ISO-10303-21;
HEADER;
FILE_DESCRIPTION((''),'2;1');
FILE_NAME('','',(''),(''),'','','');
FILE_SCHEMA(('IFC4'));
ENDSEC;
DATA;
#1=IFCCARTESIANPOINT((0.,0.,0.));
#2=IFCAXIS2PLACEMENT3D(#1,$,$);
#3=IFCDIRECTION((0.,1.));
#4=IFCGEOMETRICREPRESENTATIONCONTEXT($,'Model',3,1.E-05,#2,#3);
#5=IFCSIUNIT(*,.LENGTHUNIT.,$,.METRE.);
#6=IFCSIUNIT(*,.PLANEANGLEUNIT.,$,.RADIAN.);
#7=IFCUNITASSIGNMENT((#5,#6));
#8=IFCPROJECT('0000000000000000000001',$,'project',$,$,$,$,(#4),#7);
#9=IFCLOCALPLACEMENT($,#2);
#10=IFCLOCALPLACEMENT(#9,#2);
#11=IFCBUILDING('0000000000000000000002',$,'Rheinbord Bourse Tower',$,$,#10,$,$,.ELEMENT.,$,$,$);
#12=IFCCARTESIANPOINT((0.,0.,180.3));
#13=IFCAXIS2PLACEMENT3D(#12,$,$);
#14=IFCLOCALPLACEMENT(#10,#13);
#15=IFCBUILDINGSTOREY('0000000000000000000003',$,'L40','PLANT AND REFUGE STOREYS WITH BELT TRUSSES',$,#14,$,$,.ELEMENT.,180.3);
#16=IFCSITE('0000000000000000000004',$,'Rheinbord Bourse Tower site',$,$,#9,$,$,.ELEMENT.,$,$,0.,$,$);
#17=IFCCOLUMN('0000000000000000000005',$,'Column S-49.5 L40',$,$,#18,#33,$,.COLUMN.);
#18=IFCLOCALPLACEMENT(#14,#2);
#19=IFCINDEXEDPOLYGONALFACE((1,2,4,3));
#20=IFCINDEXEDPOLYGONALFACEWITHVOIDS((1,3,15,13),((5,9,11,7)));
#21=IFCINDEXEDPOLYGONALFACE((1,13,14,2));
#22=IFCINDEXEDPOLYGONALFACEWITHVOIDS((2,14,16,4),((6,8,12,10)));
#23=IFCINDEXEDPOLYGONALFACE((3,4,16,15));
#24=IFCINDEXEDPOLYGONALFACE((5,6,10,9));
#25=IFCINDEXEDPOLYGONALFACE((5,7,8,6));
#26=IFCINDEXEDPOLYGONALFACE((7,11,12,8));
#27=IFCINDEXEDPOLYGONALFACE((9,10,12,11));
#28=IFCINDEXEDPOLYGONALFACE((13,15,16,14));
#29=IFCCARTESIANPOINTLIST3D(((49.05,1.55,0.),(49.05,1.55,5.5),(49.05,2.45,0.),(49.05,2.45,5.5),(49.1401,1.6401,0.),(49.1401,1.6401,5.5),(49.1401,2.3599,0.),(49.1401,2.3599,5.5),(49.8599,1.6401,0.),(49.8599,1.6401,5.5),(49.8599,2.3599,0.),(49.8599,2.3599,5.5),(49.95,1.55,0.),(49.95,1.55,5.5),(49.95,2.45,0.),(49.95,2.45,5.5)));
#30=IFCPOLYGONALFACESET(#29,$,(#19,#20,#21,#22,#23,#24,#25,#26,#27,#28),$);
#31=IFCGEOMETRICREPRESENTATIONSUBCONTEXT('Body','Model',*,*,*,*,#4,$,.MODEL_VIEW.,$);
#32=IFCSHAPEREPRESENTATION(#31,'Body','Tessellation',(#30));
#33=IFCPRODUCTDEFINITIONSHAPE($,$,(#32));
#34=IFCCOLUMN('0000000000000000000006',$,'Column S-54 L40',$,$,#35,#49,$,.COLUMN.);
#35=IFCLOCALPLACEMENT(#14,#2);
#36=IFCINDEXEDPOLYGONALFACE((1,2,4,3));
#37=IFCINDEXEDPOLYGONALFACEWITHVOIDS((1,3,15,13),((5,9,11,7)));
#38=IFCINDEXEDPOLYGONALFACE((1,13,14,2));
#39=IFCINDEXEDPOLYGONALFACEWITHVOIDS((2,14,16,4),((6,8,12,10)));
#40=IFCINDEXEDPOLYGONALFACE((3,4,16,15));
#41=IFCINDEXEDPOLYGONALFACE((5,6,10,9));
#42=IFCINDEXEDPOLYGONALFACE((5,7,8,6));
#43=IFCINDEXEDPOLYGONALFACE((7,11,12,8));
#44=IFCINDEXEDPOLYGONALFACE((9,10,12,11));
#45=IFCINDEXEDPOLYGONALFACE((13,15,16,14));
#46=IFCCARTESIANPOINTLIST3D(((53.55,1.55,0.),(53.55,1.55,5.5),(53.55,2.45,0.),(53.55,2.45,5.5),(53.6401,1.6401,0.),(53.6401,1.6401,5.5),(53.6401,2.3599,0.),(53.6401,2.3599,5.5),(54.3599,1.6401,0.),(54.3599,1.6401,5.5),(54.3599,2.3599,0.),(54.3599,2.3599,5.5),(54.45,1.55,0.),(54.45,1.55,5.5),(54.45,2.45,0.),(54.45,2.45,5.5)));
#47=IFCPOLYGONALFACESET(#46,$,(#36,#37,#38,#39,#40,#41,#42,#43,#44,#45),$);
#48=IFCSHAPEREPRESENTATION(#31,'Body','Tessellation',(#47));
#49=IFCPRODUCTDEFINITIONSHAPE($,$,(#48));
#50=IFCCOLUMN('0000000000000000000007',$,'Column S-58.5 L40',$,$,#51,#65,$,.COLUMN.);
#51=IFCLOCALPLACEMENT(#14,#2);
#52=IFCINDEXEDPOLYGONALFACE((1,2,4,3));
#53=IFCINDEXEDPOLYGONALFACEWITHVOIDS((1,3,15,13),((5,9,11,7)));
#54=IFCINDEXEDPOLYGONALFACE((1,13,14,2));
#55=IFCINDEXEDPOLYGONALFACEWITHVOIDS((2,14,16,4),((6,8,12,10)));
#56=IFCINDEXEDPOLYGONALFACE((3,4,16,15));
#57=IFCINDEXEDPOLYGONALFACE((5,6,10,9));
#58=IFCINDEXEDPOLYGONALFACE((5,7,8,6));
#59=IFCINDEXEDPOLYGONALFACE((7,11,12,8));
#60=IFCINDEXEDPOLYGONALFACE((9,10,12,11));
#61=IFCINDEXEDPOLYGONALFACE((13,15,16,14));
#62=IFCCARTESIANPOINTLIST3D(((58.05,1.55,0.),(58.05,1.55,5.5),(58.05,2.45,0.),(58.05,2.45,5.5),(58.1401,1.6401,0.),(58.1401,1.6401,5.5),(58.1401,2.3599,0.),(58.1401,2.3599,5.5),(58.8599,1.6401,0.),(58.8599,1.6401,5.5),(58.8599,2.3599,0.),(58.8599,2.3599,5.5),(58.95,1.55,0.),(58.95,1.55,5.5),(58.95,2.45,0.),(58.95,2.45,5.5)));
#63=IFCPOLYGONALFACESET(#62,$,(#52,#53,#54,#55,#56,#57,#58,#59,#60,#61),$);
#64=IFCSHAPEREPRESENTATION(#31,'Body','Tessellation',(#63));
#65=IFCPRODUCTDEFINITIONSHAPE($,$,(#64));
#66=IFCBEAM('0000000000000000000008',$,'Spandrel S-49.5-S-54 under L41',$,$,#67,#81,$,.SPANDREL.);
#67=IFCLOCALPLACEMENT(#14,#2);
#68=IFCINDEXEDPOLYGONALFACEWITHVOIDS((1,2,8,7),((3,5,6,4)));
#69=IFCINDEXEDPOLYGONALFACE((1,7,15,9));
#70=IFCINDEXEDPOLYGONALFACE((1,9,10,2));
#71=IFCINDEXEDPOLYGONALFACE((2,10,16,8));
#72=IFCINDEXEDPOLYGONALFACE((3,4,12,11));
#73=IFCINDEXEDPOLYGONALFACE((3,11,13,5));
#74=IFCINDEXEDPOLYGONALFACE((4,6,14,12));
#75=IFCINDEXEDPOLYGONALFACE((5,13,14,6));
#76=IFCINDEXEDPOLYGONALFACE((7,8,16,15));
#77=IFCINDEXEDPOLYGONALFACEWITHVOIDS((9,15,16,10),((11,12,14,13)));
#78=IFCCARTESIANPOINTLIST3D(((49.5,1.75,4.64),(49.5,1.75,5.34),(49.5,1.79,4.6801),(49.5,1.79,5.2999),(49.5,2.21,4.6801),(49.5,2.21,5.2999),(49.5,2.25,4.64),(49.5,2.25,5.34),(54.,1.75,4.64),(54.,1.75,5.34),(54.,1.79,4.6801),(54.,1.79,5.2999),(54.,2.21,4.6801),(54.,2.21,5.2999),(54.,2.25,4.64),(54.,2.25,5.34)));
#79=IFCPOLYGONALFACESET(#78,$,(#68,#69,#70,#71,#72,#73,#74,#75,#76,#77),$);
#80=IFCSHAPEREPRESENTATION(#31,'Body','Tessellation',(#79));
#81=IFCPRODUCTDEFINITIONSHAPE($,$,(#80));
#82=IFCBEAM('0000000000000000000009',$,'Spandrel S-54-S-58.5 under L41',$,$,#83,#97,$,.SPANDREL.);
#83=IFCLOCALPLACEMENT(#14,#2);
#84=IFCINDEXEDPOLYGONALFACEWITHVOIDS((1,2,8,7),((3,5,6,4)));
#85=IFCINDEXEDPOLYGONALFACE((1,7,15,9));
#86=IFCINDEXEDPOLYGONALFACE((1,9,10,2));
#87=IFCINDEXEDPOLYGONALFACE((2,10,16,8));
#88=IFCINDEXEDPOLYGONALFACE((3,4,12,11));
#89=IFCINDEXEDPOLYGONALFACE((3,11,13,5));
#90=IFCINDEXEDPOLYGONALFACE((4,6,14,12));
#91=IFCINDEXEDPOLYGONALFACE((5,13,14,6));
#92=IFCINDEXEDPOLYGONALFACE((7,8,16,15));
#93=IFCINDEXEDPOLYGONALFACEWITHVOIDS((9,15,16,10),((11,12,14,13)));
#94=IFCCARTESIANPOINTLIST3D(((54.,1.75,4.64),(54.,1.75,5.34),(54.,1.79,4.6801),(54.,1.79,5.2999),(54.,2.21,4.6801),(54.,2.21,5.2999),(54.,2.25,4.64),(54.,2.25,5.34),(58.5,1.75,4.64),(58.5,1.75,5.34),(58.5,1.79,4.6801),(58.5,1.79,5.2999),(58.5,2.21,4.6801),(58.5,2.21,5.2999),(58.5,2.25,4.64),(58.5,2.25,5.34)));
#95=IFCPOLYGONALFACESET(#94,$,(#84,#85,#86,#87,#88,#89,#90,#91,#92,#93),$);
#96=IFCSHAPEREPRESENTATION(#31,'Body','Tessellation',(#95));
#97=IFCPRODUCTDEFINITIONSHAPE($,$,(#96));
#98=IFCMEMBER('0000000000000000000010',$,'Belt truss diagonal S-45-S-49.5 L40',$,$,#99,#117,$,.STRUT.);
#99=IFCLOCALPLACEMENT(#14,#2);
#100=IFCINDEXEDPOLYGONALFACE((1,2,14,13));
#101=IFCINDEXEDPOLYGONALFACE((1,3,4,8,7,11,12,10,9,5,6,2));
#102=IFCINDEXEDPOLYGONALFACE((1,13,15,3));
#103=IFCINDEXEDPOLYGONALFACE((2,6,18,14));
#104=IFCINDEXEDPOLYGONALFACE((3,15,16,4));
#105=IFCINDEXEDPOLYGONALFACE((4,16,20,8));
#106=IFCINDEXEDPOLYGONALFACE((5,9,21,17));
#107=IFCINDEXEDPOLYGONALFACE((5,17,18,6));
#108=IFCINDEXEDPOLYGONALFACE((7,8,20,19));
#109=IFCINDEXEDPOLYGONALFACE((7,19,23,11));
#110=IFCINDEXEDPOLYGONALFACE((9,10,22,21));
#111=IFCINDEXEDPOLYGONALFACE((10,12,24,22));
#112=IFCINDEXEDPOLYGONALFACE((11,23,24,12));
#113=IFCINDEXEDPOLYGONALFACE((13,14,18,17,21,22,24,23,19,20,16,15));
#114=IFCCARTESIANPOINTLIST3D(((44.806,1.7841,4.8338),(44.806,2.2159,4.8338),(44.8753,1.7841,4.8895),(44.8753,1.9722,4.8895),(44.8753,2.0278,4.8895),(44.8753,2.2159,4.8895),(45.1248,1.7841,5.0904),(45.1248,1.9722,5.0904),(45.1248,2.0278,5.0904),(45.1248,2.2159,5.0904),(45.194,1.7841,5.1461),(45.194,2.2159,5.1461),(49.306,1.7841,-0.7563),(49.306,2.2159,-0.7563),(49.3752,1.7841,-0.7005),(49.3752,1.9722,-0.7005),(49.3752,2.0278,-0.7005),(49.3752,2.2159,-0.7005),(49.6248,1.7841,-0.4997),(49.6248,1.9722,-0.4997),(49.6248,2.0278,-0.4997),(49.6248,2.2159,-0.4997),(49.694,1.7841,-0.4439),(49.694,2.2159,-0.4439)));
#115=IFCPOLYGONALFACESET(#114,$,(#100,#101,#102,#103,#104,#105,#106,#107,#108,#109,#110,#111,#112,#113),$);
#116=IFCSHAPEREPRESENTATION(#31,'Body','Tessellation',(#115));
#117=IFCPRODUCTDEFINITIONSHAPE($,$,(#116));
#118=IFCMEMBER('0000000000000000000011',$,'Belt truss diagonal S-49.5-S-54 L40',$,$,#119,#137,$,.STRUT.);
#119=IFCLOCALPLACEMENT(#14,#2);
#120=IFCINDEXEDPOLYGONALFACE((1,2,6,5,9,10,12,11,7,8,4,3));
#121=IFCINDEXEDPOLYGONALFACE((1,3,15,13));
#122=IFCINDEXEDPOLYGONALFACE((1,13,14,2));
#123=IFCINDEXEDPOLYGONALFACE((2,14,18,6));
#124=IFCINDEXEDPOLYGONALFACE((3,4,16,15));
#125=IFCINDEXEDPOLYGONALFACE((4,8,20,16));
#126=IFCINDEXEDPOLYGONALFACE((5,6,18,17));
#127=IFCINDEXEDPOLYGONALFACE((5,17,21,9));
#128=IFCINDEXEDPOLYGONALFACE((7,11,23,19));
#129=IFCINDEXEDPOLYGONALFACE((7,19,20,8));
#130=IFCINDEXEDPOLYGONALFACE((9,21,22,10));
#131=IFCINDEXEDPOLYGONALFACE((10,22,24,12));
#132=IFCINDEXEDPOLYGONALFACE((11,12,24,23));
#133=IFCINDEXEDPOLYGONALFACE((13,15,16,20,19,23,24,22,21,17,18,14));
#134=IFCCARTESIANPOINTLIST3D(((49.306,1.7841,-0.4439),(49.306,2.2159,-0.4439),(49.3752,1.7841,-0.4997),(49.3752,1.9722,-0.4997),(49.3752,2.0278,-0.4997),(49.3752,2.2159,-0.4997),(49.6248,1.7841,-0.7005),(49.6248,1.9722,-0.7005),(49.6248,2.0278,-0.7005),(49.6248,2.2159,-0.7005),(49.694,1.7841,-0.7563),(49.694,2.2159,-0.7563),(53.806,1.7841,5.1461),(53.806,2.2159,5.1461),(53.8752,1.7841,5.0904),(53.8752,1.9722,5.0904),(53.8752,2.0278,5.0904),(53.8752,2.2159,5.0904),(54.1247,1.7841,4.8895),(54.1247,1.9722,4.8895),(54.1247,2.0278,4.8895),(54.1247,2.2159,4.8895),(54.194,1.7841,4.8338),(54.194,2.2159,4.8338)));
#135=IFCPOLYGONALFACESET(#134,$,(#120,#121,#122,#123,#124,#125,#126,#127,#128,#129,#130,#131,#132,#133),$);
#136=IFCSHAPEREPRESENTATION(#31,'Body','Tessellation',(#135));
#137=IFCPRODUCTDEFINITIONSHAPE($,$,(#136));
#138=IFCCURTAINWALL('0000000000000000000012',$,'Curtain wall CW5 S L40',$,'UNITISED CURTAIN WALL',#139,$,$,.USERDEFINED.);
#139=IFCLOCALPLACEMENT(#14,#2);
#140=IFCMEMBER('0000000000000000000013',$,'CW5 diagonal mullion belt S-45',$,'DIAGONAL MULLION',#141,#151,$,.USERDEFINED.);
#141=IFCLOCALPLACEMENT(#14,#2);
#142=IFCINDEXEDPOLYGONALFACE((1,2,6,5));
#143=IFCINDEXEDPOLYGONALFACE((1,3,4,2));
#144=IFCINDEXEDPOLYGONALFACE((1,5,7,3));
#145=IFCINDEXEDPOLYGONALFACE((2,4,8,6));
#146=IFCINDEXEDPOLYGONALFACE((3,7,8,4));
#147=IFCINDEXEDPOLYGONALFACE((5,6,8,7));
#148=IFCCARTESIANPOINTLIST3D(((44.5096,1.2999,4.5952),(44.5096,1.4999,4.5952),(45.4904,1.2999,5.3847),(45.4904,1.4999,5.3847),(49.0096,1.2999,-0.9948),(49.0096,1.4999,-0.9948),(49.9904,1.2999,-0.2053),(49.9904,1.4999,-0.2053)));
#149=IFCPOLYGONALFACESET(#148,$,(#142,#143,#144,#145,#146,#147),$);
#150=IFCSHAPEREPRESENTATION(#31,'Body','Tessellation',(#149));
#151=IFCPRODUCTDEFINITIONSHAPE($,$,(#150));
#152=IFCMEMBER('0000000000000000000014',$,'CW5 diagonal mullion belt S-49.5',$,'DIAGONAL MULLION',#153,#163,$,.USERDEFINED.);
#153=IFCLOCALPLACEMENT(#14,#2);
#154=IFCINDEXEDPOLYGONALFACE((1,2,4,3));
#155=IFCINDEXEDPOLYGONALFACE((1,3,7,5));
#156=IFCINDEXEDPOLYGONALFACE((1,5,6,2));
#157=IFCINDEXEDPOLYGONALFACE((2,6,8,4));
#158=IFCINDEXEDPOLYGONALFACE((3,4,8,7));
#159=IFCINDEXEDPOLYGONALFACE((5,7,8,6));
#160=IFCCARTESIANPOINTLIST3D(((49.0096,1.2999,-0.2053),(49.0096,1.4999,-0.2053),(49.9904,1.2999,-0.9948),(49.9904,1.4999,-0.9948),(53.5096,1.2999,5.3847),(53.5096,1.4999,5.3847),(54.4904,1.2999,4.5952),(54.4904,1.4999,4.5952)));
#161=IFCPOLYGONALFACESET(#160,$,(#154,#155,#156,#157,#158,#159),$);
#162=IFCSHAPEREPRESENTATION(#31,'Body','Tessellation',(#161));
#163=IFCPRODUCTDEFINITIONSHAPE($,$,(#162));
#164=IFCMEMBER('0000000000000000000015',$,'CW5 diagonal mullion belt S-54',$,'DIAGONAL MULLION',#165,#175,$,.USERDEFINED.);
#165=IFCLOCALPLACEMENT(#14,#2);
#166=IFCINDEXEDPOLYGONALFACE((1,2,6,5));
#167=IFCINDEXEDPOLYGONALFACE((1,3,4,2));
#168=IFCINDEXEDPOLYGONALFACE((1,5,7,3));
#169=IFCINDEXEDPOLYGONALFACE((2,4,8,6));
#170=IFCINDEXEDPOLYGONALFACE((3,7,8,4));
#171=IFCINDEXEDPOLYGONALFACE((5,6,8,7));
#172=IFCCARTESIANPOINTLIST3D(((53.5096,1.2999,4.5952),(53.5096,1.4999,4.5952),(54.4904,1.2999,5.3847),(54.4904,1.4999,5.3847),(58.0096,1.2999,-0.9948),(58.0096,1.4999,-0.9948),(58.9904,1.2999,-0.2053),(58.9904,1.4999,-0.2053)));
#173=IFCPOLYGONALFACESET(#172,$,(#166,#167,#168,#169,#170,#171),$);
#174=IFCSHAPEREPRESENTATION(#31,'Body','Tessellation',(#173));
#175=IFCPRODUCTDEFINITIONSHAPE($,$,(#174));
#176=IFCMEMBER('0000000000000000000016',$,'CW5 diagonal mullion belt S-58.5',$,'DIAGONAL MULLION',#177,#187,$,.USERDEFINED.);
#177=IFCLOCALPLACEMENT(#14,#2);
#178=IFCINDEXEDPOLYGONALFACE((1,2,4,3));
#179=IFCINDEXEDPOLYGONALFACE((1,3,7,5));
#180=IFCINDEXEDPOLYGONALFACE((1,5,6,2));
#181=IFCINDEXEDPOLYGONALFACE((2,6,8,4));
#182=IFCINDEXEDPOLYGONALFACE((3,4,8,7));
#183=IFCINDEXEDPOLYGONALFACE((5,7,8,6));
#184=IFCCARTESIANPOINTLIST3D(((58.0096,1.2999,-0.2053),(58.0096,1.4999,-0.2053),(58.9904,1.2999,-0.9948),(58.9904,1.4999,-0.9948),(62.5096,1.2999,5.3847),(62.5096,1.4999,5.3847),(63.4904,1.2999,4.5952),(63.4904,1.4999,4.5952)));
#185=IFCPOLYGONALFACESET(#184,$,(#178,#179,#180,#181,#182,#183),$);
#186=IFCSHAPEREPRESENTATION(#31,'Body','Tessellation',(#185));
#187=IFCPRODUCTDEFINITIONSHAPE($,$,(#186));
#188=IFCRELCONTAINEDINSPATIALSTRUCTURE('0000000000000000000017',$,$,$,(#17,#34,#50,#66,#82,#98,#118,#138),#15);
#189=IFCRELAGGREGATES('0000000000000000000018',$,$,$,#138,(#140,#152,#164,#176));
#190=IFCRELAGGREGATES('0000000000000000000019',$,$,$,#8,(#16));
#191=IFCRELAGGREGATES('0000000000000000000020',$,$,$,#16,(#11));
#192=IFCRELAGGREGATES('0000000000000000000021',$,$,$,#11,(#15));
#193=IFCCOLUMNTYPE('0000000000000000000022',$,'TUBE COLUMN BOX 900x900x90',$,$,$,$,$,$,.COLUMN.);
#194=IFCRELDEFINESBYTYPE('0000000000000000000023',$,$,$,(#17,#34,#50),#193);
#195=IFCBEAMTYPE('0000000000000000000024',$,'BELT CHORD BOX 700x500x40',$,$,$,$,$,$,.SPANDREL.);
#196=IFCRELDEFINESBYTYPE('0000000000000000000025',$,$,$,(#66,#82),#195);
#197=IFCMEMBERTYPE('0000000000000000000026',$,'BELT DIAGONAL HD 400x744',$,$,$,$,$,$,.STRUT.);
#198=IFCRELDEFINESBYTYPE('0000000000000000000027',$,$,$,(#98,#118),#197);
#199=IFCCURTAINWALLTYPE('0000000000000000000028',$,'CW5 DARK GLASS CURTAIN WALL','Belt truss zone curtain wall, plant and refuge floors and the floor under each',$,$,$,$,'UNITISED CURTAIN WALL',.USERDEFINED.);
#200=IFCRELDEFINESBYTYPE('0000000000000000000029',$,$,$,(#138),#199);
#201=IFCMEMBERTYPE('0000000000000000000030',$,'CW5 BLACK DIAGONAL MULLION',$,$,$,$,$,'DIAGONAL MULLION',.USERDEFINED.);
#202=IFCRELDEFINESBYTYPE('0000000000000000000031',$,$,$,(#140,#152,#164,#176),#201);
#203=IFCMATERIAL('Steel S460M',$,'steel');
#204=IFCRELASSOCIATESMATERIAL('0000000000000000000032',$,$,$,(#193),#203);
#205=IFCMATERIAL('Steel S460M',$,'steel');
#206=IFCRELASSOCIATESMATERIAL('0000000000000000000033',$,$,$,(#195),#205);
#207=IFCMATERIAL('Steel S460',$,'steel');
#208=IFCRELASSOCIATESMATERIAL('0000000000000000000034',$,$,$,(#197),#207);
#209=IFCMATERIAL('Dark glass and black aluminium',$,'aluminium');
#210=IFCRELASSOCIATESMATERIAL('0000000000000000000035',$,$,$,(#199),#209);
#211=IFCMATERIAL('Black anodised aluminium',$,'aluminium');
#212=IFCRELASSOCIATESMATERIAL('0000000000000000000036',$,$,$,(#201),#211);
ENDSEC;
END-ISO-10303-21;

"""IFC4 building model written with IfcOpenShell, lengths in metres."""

from ifc_helpers import new_model, si_unit, direction, frame, origin, origin_2d, place, context, subcontext, project, spatial, rectangle, hollow_rectangle, i_section, extrude, material, material_profile, profile_set, type_object, element, aggregate, save


model = new_model("IFC4")

# Units and contexts
model_context = context("Model", 3, precision=1e-05, world=origin(), true_north=direction((0.0, 1.0)))
body_context = subcontext(model_context, "Body", "Model", "MODEL_VIEW")
ifc_project = project(units=[si_unit("LENGTHUNIT", "METRE"), si_unit("PLANEANGLEUNIT", "RADIAN")], contexts=[model_context])

# Site, building, storey
site_placement = place(None, origin())
site = spatial("IfcSite", under=ifc_project, at=site_placement, Name="Rheinbord Bourse Tower site", CompositionType="ELEMENT", RefElevation=0.0)
building_placement = place(site_placement, origin())
building = spatial("IfcBuilding", under=site, at=building_placement, Name="Rheinbord Bourse Tower", CompositionType="ELEMENT")
storey_placement = place(building_placement, frame((0.0, 0.0, 180.3)))
storey = spatial("IfcBuildingStorey", under=building, at=storey_placement, Name="L40", Description="PLANT AND REFUGE STOREYS WITH BELT TRUSSES", CompositionType="ELEMENT", Elevation=180.3)

# Columns
ifc_material_1 = material(Name="Steel S460M", Category="steel")
ifc_material_profile_1 = material_profile(ifc_material_1, hollow_rectangle(XDim=0.8999, YDim=0.8999, WallThickness=0.0901, at=origin_2d()), Name="BOX 900x900x90")
ifc_profile_set_1 = profile_set([ifc_material_profile_1], Name="Steel S460M")
column_type = type_object("IfcColumnType", Name="TUBE COLUMN BOX 900x900x90", PredefinedType="COLUMN", material=ifc_profile_set_1)
for number, where, z_axis, x_axis, name in (
    (1, (49.5, 2.0, 0.0), (0.0, 0.0, 1.0), (0.0, 1.0, 0.0), "Column S-49.5 L40"),
    (2, (54.0, 2.0, 0.0), (0.0, 0.0, 1.0), (0.0, 1.0, 0.0), "Column S-54 L40"),
    (3, (58.5, 2.0, 0.0), (0.0, 0.0, 1.0), (0.0, 1.0, 0.0), "Column S-58.5 L40"),
):
    element("IfcColumn", number, at=place(storey_placement, frame(where, z_axis=z_axis, x_axis=x_axis)), inside=storey, type_object=column_type, Name=name, PredefinedType="COLUMN", context=body_context, shape_type="SweptSolid", body=[
        extrude(hollow_rectangle(XDim=0.8999, YDim=0.8999, WallThickness=0.0901, at=origin_2d()), origin(), (0.0, 0.0, 1.0), 5.5),
    ])

# Beams
ifc_material_2 = material(Name="Steel S460M", Category="steel")
ifc_material_profile_2 = material_profile(ifc_material_2, hollow_rectangle(XDim=0.5, YDim=0.7, WallThickness=0.04, at=origin_2d()), Name="BOX 700x500x40")
ifc_profile_set_2 = profile_set([ifc_material_profile_2], Name="Steel S460M")
beam_type_1 = type_object("IfcBeamType", Name="BELT CHORD BOX 700x500x40", PredefinedType="SPANDREL", material=ifc_profile_set_2)
for number, where, z_axis, x_axis, name in (
    (4, (49.5, 2.0, 4.99), (1.0, 0.0, 0.0), (0.0, 1.0, 0.0), "Spandrel S-49.5-S-54 under L41"),
    (5, (54.0, 2.0, 4.99), (1.0, 0.0, 0.0), (0.0, 1.0, 0.0), "Spandrel S-54-S-58.5 under L41"),
):
    element("IfcBeam", number, at=place(storey_placement, frame(where, z_axis=z_axis, x_axis=x_axis)), inside=storey, type_object=beam_type_1, Name=name, PredefinedType="SPANDREL", context=body_context, shape_type="SweptSolid", body=[
        extrude(hollow_rectangle(XDim=0.5, YDim=0.7, WallThickness=0.04, at=origin_2d()), origin(), (0.0, 0.0, 1.0), 4.5),
    ])

# Members
ifc_material_3 = material(Name="Steel S460", Category="steel")
ifc_material_profile_3 = material_profile(ifc_material_3, i_section(OverallWidth=0.4319, OverallDepth=0.498, WebThickness=0.0557, FlangeThickness=0.0889, at=origin_2d()), Name="HD 400x744")
ifc_profile_set_3 = profile_set([ifc_material_profile_3], Name="Steel S460")
member_type_1 = type_object("IfcMemberType", Name="BELT DIAGONAL HD 400x744", PredefinedType="STRUT", material=ifc_profile_set_3)
for number, where, z_axis, x_axis, name in (
    (6, (49.5, 2.0, -0.6001), (-0.627065, 0.0, 0.778967), (0.0, -1.0, 0.0), "Belt truss diagonal S-45-S-49.5 L40"),
    (7, (49.5, 2.0, -0.6001), (0.627065, 0.0, 0.778967), (0.0, 1.0, 0.0), "Belt truss diagonal S-49.5-S-54 L40"),
):
    element("IfcMember", number, at=place(storey_placement, frame(where, z_axis=z_axis, x_axis=x_axis)), inside=storey, type_object=member_type_1, Name=name, PredefinedType="STRUT", context=body_context, shape_type="SweptSolid", body=[
        extrude(i_section(OverallWidth=0.4319, OverallDepth=0.498, WebThickness=0.0557, FlangeThickness=0.0889, at=origin_2d()), origin(), (0.0, 0.0, 1.0), 7.1763),
    ])

# Curtain wall, members
ifc_material_4 = material(Name="Dark glass and black aluminium", Category="aluminium")
curtain_wall_type = type_object("IfcCurtainWallType", Name="CW5 DARK GLASS CURTAIN WALL", Description="Belt truss zone curtain wall, plant and refuge floors and the floor under each", ElementType="UNITISED CURTAIN WALL", PredefinedType="USERDEFINED", material=ifc_material_4)
curtain_wall_placement = place(storey_placement, origin())
curtain_wall = element("IfcCurtainWall", 8, at=curtain_wall_placement, inside=storey, type_object=curtain_wall_type, Name="Curtain wall CW5 S L40", ObjectType="UNITISED CURTAIN WALL", PredefinedType="USERDEFINED")
ifc_material_5 = material(Name="Black anodised aluminium", Category="aluminium")
ifc_material_profile_4 = material_profile(ifc_material_5, rectangle(XDim=0.2, YDim=1.259, at=origin_2d()), Name="CW5 DIAGONAL MULLION 1259x200")
ifc_profile_set_4 = profile_set([ifc_material_profile_4], Name="Black anodised aluminium")
member_type_2 = type_object("IfcMemberType", Name="CW5 BLACK DIAGONAL MULLION", ElementType="DIAGONAL MULLION", PredefinedType="USERDEFINED", material=ifc_profile_set_4)
member_1_placement = place(storey_placement, frame((49.5, 1.3999, -0.6001), z_axis=(-0.627065, 0.0, 0.778967), x_axis=(0.0, -1.0, 0.0)))
member_1 = element("IfcMember", 9, at=member_1_placement, type_object=member_type_2, Name="CW5 diagonal mullion belt S-45", ObjectType="DIAGONAL MULLION", PredefinedType="USERDEFINED", context=body_context, shape_type="SweptSolid", body=[
    extrude(rectangle(XDim=0.2, YDim=1.259, at=origin_2d()), origin(), (0.0, 0.0, 1.0), 7.1763),
])
member_2_placement = place(storey_placement, frame((49.5, 1.3999, -0.6001), z_axis=(0.627065, 0.0, 0.778967), x_axis=(0.0, 1.0, 0.0)))
member_2 = element("IfcMember", 10, at=member_2_placement, type_object=member_type_2, Name="CW5 diagonal mullion belt S-49.5", ObjectType="DIAGONAL MULLION", PredefinedType="USERDEFINED", context=body_context, shape_type="SweptSolid", body=[
    extrude(rectangle(XDim=0.2, YDim=1.259, at=origin_2d()), origin(), (0.0, 0.0, 1.0), 7.1763),
])
member_3_placement = place(storey_placement, frame((58.5, 1.3999, -0.6001), z_axis=(-0.627065, 0.0, 0.778967), x_axis=(0.0, -1.0, 0.0)))
member_3 = element("IfcMember", 11, at=member_3_placement, type_object=member_type_2, Name="CW5 diagonal mullion belt S-54", ObjectType="DIAGONAL MULLION", PredefinedType="USERDEFINED", context=body_context, shape_type="SweptSolid", body=[
    extrude(rectangle(XDim=0.2, YDim=1.259, at=origin_2d()), origin(), (0.0, 0.0, 1.0), 7.1763),
])
member_4_placement = place(storey_placement, frame((58.5, 1.3999, -0.6001), z_axis=(0.627065, 0.0, 0.778967), x_axis=(0.0, 1.0, 0.0)))
member_4 = element("IfcMember", 12, at=member_4_placement, type_object=member_type_2, Name="CW5 diagonal mullion belt S-58.5", ObjectType="DIAGONAL MULLION", PredefinedType="USERDEFINED", context=body_context, shape_type="SweptSolid", body=[
    extrude(rectangle(XDim=0.2, YDim=1.259, at=origin_2d()), origin(), (0.0, 0.0, 1.0), 7.1763),
])

aggregate(curtain_wall, [member_1, member_2, member_3, member_4])

save(model, "model.ifc")
